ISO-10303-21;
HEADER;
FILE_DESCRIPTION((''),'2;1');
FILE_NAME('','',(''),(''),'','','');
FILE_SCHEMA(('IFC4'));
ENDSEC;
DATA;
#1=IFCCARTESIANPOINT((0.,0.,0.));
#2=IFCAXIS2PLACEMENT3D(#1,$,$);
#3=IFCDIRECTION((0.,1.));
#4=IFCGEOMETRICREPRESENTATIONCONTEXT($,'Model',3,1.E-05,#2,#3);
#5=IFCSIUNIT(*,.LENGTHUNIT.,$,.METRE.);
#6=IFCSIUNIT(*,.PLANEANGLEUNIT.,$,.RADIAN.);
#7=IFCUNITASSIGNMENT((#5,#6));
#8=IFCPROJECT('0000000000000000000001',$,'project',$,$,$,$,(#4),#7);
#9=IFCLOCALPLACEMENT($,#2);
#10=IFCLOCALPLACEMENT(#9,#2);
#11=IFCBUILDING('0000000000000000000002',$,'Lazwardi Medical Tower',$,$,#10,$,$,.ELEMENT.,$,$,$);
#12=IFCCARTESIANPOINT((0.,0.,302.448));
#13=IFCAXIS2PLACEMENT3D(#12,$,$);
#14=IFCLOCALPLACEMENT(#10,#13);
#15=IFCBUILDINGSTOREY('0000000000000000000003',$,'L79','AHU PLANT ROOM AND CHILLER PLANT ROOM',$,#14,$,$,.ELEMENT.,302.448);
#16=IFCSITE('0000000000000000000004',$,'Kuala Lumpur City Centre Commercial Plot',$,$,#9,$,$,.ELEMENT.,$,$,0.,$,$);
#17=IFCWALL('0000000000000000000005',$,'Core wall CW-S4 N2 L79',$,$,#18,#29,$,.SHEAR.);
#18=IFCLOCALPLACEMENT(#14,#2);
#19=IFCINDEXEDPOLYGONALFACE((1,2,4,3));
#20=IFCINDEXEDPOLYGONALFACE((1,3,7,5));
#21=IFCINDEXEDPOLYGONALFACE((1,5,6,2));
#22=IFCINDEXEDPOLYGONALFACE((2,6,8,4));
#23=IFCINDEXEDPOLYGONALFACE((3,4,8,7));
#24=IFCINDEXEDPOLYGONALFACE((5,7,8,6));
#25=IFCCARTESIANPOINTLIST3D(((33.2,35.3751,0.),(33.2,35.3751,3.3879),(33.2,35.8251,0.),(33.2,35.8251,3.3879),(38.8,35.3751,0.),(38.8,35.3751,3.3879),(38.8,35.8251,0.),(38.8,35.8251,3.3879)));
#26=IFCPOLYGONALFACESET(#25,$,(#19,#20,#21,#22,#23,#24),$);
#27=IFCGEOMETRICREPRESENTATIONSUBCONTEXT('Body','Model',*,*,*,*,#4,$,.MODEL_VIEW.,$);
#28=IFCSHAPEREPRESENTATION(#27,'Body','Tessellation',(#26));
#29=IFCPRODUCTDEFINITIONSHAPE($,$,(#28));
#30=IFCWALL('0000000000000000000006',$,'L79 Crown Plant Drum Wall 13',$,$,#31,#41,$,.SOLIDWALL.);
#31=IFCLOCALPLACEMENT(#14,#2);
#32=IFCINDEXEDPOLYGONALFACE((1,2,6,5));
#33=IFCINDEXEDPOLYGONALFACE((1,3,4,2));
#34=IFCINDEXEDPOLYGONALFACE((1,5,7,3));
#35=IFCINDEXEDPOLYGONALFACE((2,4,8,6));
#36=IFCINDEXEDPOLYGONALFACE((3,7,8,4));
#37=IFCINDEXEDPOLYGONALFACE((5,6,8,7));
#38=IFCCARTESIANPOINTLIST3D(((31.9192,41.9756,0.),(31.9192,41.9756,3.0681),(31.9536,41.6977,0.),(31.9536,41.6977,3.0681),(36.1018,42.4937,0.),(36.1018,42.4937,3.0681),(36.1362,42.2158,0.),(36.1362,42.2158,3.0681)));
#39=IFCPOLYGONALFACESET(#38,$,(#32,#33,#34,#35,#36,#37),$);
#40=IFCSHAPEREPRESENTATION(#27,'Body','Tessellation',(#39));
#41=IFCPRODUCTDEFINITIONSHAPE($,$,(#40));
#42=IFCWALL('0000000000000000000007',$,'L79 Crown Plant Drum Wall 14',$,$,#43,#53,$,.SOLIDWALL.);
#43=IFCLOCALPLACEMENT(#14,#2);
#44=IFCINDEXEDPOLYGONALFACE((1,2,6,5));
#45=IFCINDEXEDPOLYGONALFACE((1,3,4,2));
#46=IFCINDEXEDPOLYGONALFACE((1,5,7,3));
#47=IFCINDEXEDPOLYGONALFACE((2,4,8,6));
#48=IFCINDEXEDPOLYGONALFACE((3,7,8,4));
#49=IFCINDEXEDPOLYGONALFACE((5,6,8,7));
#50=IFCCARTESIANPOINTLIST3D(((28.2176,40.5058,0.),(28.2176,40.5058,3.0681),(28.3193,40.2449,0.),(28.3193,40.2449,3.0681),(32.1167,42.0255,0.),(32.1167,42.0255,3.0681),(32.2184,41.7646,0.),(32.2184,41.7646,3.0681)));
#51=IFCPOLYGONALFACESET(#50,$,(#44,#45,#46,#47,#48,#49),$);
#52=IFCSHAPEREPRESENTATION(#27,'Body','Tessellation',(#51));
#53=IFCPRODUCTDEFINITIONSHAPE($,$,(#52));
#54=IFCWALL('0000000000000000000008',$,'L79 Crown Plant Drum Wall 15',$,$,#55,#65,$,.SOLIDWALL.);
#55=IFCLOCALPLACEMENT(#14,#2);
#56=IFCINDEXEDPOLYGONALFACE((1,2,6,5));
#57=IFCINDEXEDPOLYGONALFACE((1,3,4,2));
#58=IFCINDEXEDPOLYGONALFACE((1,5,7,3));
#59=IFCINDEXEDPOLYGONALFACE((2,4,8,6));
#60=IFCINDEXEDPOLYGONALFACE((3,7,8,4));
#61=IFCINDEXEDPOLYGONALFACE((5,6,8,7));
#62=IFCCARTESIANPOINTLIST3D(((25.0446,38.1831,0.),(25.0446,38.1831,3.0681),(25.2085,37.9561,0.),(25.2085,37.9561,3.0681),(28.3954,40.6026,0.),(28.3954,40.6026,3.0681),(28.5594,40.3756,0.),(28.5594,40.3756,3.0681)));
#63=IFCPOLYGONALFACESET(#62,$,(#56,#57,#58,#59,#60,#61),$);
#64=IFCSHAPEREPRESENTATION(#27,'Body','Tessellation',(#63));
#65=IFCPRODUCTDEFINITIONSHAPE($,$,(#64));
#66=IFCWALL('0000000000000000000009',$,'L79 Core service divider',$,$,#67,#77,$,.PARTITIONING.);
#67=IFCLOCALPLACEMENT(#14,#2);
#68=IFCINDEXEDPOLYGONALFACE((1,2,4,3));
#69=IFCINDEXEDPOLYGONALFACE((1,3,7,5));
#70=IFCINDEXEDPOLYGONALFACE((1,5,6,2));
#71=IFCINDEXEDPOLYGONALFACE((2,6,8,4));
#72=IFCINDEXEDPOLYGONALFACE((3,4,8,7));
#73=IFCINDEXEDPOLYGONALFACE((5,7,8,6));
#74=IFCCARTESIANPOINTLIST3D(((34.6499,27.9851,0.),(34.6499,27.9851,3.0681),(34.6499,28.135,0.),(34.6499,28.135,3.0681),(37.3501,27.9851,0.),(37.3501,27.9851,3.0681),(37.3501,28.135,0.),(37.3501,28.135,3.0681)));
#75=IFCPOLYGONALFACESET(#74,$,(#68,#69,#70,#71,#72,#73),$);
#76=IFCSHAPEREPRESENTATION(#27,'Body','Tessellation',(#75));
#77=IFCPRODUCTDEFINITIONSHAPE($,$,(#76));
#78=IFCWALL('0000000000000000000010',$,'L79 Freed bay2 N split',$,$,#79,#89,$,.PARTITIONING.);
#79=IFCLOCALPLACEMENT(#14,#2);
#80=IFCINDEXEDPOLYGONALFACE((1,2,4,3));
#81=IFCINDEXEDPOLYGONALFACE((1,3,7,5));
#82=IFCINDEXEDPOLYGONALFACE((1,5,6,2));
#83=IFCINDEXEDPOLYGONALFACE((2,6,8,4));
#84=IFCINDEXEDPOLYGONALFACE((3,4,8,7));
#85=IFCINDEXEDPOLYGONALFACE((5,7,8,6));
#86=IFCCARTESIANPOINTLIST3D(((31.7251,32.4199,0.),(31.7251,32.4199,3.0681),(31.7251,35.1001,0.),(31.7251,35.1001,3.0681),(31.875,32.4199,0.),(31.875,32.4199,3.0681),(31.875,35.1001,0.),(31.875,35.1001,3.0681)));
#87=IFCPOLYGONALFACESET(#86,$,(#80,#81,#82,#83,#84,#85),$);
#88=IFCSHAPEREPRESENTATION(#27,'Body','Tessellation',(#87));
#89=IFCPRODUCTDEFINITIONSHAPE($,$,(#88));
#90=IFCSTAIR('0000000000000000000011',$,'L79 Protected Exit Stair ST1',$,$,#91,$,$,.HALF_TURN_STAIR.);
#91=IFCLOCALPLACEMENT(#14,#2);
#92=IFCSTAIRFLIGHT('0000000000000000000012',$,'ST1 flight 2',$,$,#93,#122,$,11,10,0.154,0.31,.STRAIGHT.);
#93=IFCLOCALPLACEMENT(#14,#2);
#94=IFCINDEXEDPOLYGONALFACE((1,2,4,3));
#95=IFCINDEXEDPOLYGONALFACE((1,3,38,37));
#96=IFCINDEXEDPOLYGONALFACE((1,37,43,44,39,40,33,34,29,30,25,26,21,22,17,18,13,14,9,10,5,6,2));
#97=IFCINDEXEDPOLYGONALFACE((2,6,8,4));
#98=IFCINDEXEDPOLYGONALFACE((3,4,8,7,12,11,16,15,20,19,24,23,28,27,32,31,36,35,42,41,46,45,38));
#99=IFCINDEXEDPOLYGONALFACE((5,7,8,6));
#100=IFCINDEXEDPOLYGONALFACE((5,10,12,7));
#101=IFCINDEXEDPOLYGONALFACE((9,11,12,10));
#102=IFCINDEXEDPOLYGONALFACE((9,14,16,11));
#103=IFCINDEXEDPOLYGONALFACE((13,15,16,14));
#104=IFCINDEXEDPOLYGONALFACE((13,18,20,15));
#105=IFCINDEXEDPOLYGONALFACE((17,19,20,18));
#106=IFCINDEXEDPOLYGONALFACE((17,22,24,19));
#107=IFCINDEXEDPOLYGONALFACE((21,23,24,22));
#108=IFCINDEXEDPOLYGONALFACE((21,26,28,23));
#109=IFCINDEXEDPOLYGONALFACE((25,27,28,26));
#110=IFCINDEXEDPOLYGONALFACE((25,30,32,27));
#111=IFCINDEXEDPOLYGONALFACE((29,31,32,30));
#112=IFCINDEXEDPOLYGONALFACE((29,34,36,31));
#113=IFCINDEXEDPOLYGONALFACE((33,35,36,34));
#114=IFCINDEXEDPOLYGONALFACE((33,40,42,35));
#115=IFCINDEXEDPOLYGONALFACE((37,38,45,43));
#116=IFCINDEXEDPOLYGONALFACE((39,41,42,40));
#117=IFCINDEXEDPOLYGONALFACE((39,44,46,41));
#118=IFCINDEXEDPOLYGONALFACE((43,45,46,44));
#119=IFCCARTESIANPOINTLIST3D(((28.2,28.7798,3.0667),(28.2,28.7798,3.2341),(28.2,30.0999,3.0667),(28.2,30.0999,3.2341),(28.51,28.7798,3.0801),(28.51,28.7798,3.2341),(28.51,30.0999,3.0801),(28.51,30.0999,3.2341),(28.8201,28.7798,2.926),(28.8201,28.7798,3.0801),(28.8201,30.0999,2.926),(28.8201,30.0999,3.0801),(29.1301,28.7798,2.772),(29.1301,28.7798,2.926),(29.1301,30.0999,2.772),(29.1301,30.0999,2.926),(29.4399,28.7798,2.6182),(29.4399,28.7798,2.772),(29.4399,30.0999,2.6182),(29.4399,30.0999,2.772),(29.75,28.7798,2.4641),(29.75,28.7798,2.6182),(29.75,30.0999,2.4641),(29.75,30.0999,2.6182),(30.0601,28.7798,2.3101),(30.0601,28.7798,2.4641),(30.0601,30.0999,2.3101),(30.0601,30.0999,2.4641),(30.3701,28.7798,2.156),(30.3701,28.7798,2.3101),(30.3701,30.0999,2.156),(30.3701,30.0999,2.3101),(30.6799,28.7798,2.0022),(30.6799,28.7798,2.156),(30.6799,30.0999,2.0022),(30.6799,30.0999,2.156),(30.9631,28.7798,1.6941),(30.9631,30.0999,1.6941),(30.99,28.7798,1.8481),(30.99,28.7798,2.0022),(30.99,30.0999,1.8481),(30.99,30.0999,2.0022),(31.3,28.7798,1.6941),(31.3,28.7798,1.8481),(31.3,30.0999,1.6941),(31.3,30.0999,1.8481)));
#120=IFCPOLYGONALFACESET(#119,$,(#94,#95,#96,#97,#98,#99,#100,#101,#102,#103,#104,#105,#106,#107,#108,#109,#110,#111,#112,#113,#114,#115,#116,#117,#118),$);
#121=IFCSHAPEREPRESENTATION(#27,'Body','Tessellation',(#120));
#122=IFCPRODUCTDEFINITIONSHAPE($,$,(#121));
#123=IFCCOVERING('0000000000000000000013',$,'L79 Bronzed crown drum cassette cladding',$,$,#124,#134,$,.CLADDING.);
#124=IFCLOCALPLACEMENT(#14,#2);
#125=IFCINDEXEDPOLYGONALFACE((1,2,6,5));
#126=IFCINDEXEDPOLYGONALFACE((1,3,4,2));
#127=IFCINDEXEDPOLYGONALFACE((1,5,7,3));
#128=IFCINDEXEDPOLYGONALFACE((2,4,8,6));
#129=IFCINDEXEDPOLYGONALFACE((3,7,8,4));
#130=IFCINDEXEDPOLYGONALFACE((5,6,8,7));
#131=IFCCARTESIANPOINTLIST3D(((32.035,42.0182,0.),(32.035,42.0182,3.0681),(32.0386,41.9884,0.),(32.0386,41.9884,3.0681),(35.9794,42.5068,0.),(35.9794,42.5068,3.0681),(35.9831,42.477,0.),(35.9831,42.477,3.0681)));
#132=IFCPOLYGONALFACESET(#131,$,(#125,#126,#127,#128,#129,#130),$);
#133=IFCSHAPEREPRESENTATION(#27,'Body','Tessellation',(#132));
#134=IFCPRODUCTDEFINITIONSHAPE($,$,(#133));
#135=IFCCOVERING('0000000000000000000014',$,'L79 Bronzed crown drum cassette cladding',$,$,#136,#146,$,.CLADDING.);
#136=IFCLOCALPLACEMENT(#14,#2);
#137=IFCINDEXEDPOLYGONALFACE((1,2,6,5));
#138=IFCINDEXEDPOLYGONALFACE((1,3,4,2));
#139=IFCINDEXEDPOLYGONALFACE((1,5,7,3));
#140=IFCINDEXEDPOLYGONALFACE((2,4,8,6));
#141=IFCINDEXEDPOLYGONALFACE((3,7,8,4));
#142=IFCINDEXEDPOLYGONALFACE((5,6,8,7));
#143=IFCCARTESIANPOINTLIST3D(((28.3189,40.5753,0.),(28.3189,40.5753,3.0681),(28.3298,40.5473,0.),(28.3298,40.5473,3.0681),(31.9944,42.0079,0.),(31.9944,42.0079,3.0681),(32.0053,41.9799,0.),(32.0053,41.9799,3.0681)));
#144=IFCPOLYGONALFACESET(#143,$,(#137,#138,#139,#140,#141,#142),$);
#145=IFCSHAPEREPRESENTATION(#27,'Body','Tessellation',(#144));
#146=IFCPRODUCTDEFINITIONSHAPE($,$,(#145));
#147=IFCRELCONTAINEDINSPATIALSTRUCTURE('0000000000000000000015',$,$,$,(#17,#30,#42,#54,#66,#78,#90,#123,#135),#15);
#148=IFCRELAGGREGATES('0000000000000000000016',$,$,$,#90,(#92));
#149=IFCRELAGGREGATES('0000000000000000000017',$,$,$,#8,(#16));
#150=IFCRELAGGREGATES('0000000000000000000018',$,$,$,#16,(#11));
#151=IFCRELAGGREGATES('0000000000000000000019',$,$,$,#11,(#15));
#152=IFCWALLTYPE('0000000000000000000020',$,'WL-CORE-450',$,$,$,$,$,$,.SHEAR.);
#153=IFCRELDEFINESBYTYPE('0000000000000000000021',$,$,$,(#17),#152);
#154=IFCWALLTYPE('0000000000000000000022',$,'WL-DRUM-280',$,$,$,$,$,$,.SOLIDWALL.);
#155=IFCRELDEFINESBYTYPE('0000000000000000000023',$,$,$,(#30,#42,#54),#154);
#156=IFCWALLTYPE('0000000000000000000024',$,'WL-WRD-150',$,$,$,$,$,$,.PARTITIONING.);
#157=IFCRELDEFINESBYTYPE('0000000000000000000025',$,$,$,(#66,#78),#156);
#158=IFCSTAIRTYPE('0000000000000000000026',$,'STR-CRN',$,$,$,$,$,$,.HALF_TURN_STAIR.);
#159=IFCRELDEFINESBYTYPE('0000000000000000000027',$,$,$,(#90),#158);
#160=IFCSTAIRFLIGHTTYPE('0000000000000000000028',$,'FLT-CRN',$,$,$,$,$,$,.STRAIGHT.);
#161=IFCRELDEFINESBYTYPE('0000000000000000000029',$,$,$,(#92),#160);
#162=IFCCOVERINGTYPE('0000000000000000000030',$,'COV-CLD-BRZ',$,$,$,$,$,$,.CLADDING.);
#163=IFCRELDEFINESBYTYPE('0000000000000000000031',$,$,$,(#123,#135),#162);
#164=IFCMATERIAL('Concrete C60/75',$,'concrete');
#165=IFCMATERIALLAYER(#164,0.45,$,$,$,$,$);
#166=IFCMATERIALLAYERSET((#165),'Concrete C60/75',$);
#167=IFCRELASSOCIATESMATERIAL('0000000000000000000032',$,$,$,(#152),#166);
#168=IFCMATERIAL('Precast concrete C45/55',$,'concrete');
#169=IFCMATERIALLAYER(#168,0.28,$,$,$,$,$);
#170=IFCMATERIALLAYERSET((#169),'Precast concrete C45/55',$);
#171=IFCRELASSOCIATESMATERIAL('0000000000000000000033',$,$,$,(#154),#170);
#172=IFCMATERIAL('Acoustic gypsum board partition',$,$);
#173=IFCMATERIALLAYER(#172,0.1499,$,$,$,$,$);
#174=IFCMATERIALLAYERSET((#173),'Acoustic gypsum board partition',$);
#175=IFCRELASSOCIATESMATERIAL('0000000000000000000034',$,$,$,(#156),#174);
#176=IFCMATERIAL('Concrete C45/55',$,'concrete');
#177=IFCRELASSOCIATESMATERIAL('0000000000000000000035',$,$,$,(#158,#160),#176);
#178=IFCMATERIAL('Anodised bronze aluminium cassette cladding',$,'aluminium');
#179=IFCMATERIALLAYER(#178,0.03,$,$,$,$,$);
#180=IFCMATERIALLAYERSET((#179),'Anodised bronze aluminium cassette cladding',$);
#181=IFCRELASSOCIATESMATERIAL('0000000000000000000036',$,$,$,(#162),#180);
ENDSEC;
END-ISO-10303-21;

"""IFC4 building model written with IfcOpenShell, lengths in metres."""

from ifc_helpers import new_model, si_unit, direction, frame, frame_2d, origin, origin_2d, place, context, subcontext, project, spatial, polyline, rectangle, outline, extrude, material, layer, layer_set, type_object, element, aggregate, save


model = new_model("IFC4")

# Units and contexts
model_context = context("Model", 3, precision=1e-05, world=origin(), true_north=direction((0.0, 1.0)))
body_context = subcontext(model_context, "Body", "Model", "MODEL_VIEW")
ifc_project = project(units=[si_unit("LENGTHUNIT", "METRE"), si_unit("PLANEANGLEUNIT", "RADIAN")], contexts=[model_context])

# Site, building, storey
site_placement = place(None, origin())
site = spatial("IfcSite", under=ifc_project, at=site_placement, Name="Kuala Lumpur City Centre Commercial Plot", CompositionType="ELEMENT", RefElevation=0.0)
building_placement = place(site_placement, origin())
building = spatial("IfcBuilding", under=site, at=building_placement, Name="Lazwardi Medical Tower", CompositionType="ELEMENT")
storey_placement = place(building_placement, frame((0.0, 0.0, 302.448)))
storey = spatial("IfcBuildingStorey", under=building, at=storey_placement, Name="L79", Description="AHU PLANT ROOM AND CHILLER PLANT ROOM", CompositionType="ELEMENT", Elevation=302.448)

# Shared definitions
ifc_material_1 = material(Name="Concrete C60/75", Category="concrete")

# Walls
ifc_layer_1 = layer(ifc_material_1, 0.45)
ifc_layer_set_1 = layer_set([ifc_layer_1], Name="Concrete C60/75")
wall_type_1 = type_object("IfcWallType", Name="WL-CORE-450", PredefinedType="SHEAR", material=ifc_layer_set_1)
wall_1_placement = place(storey_placement, frame((33.2, 35.6001, 0.0), z_axis=(0.0, 0.0, 1.0), x_axis=(1.0, 0.0, 0.0)))
element("IfcWall", 1, at=wall_1_placement, inside=storey, type_object=wall_type_1, Name="Core wall CW-S4 N2 L79", PredefinedType="SHEAR", context=body_context, shape_type="SweptSolid", body=[
    extrude(rectangle(XDim=5.6001, YDim=0.45, at=frame_2d((2.8, 0.0))), origin(), (0.0, 0.0, 1.0), 3.3879),
])
ifc_material_2 = material(Name="Precast concrete C45/55", Category="concrete")
ifc_layer_2 = layer(ifc_material_2, 0.28)
ifc_layer_set_2 = layer_set([ifc_layer_2], Name="Precast concrete C45/55")
wall_type_2 = type_object("IfcWallType", Name="WL-DRUM-280", PredefinedType="SOLIDWALL", material=ifc_layer_set_2)
wall_2_placement = place(storey_placement, frame((36.1191, 42.3547, 0.0), z_axis=(0.0, 0.0, 1.0), x_axis=(-0.992416, -0.122922, 0.0)))
element("IfcWall", 2, at=wall_2_placement, inside=storey, type_object=wall_type_2, Name="L79 Crown Plant Drum Wall 13", PredefinedType="SOLIDWALL", context=body_context, shape_type="SweptSolid", body=[
    extrude(rectangle(XDim=4.2146, YDim=0.28, at=frame_2d((2.1074, 0.0))), origin(), (0.0, 0.0, 1.0), 3.0681),
])
wall_3_placement = place(storey_placement, frame((32.1675, 41.895, 0.0), z_axis=(0.0, 0.0, 1.0), x_axis=(-0.931727, -0.363158, 0.0)))
element("IfcWall", 3, at=wall_3_placement, inside=storey, type_object=wall_type_2, Name="L79 Crown Plant Drum Wall 14", PredefinedType="SOLIDWALL", context=body_context, shape_type="SweptSolid", body=[
    extrude(rectangle(XDim=4.1848, YDim=0.28, at=frame_2d((2.0923, 0.0))), origin(), (0.0, 0.0, 1.0), 3.0681),
])
wall_4_placement = place(storey_placement, frame((28.4773, 40.489, 0.0), z_axis=(0.0, 0.0, 1.0), x_axis=(-0.810749, -0.585393, 0.0)))
element("IfcWall", 4, at=wall_4_placement, inside=storey, type_object=wall_type_2, Name="L79 Crown Plant Drum Wall 15", PredefinedType="SOLIDWALL", context=body_context, shape_type="SweptSolid", body=[
    extrude(rectangle(XDim=4.1331, YDim=0.28, at=frame_2d((2.0664, 0.0))), origin(), (0.0, 0.0, 1.0), 3.0681),
])

# Walls
ifc_material_3 = material(Name="Acoustic gypsum board partition")
ifc_layer_3 = layer(ifc_material_3, 0.1499)
ifc_layer_set_3 = layer_set([ifc_layer_3], Name="Acoustic gypsum board partition")
wall_type_3 = type_object("IfcWallType", Name="WL-WRD-150", PredefinedType="PARTITIONING", material=ifc_layer_set_3)
wall_5_placement = place(storey_placement, frame((34.6499, 28.0601, 0.0), z_axis=(0.0, 0.0, 1.0), x_axis=(1.0, 0.0, 0.0)))
element("IfcWall", 5, at=wall_5_placement, inside=storey, type_object=wall_type_3, Name="L79 Core service divider", PredefinedType="PARTITIONING", context=body_context, shape_type="SweptSolid", body=[
    extrude(rectangle(XDim=2.7002, YDim=0.1499, at=frame_2d((1.3501, 0.0))), origin(), (0.0, 0.0, 1.0), 3.0681),
])
wall_6_placement = place(storey_placement, frame((31.8, 32.4199, 0.0), z_axis=(0.0, 0.0, 1.0), x_axis=(0.0, 1.0, 0.0)))
element("IfcWall", 6, at=wall_6_placement, inside=storey, type_object=wall_type_3, Name="L79 Freed bay2 N split", PredefinedType="PARTITIONING", context=body_context, shape_type="SweptSolid", body=[
    extrude(rectangle(XDim=2.6802, YDim=0.1499, at=frame_2d((1.3401, 0.0))), origin(), (0.0, 0.0, 1.0), 3.0681),
])

# Stair, stair flight
ifc_material_4 = material(Name="Concrete C45/55", Category="concrete")
stair_type = type_object("IfcStairType", Name="STR-CRN", PredefinedType="HALF_TURN_STAIR", material=ifc_material_4)
stair_placement = place(storey_placement, origin())
stair = element("IfcStair", 7, at=stair_placement, inside=storey, type_object=stair_type, Name="L79 Protected Exit Stair ST1", PredefinedType="HALF_TURN_STAIR")
stair_flight_type = type_object("IfcStairFlightType", Name="FLT-CRN", PredefinedType="STRAIGHT", material=ifc_material_4)
stair_flight_placement = place(storey_placement, frame((31.3, 29.4399, 1.6941), z_axis=(0.0, 0.0, 1.0), x_axis=(-1.0, 0.0, 0.0)))
stair_flight = element("IfcStairFlight", 8, at=stair_flight_placement, type_object=stair_flight_type, Name="ST1 flight 2", NumberOfRisers=11, NumberOfTreads=10, PredefinedType="STRAIGHT", RiserHeight=0.154, TreadLength=0.31, context=body_context, shape_type="SweptSolid", body=[
    extrude(outline(polyline([(0.0, 0.0), (0.0, 0.1541), (0.3101, 0.1541), (0.3101, 0.3081), (0.6201, 0.3081), (0.6201, 0.4619), (0.9299, 0.4619), (0.9299, 0.616), (1.24, 0.616), (1.24, 0.77), (1.55, 0.77), (1.55, 0.9241), (1.8601, 0.9241), (1.8601, 1.0779), (2.1699, 1.0779), (2.1699, 1.2319), (2.48, 1.2319), (2.48, 1.386), (2.79, 1.386), (2.79, 1.54), (3.1001, 1.54), (3.1001, 1.6941), (3.1001, 1.3726), (0.3369, 0.0), (0.0, 0.0)])), frame((0.0, 0.6602, 0.0), z_axis=(0.0, -1.0, 0.0), x_axis=(1.0, 0.0, 0.0)), (0.0, 0.0, 1.0), 1.3201),
])
aggregate(stair, [stair_flight])

# Coverings
ifc_material_5 = material(Name="Anodised bronze aluminium cassette cladding", Category="aluminium")
ifc_layer_4 = layer(ifc_material_5, 0.03)
ifc_layer_set_4 = layer_set([ifc_layer_4], Name="Anodised bronze aluminium cassette cladding")
covering_type = type_object("IfcCoveringType", Name="COV-CLD-BRZ", PredefinedType="CLADDING", material=ifc_layer_set_4)
covering_1_placement = place(storey_placement, frame((34.009, 42.2476, 0.0), z_axis=(0.0, 0.0, 1.0), x_axis=(-0.992415, -0.122933, 0.0)))
element("IfcCovering", 9, at=covering_1_placement, inside=storey, type_object=covering_type, Name="L79 Bronzed crown drum cassette cladding", PredefinedType="CLADDING", context=body_context, shape_type="SweptSolid", body=[
    extrude(rectangle(XDim=3.9746, YDim=0.03, at=origin_2d()), origin(), (0.0, 0.0, 1.0), 3.0681),
])
covering_2_placement = place(storey_placement, frame((30.1621, 41.2776, 0.0), z_axis=(0.0, 0.0, 1.0), x_axis=(-0.931731, -0.36315, 0.0)))
element("IfcCovering", 10, at=covering_2_placement, inside=storey, type_object=covering_type, Name="L79 Bronzed crown drum cassette cladding", PredefinedType="CLADDING", context=body_context, shape_type="SweptSolid", body=[
    extrude(rectangle(XDim=3.9448, YDim=0.03, at=origin_2d()), origin(), (0.0, 0.0, 1.0), 3.0681),
])

save(model, "model.ifc")
